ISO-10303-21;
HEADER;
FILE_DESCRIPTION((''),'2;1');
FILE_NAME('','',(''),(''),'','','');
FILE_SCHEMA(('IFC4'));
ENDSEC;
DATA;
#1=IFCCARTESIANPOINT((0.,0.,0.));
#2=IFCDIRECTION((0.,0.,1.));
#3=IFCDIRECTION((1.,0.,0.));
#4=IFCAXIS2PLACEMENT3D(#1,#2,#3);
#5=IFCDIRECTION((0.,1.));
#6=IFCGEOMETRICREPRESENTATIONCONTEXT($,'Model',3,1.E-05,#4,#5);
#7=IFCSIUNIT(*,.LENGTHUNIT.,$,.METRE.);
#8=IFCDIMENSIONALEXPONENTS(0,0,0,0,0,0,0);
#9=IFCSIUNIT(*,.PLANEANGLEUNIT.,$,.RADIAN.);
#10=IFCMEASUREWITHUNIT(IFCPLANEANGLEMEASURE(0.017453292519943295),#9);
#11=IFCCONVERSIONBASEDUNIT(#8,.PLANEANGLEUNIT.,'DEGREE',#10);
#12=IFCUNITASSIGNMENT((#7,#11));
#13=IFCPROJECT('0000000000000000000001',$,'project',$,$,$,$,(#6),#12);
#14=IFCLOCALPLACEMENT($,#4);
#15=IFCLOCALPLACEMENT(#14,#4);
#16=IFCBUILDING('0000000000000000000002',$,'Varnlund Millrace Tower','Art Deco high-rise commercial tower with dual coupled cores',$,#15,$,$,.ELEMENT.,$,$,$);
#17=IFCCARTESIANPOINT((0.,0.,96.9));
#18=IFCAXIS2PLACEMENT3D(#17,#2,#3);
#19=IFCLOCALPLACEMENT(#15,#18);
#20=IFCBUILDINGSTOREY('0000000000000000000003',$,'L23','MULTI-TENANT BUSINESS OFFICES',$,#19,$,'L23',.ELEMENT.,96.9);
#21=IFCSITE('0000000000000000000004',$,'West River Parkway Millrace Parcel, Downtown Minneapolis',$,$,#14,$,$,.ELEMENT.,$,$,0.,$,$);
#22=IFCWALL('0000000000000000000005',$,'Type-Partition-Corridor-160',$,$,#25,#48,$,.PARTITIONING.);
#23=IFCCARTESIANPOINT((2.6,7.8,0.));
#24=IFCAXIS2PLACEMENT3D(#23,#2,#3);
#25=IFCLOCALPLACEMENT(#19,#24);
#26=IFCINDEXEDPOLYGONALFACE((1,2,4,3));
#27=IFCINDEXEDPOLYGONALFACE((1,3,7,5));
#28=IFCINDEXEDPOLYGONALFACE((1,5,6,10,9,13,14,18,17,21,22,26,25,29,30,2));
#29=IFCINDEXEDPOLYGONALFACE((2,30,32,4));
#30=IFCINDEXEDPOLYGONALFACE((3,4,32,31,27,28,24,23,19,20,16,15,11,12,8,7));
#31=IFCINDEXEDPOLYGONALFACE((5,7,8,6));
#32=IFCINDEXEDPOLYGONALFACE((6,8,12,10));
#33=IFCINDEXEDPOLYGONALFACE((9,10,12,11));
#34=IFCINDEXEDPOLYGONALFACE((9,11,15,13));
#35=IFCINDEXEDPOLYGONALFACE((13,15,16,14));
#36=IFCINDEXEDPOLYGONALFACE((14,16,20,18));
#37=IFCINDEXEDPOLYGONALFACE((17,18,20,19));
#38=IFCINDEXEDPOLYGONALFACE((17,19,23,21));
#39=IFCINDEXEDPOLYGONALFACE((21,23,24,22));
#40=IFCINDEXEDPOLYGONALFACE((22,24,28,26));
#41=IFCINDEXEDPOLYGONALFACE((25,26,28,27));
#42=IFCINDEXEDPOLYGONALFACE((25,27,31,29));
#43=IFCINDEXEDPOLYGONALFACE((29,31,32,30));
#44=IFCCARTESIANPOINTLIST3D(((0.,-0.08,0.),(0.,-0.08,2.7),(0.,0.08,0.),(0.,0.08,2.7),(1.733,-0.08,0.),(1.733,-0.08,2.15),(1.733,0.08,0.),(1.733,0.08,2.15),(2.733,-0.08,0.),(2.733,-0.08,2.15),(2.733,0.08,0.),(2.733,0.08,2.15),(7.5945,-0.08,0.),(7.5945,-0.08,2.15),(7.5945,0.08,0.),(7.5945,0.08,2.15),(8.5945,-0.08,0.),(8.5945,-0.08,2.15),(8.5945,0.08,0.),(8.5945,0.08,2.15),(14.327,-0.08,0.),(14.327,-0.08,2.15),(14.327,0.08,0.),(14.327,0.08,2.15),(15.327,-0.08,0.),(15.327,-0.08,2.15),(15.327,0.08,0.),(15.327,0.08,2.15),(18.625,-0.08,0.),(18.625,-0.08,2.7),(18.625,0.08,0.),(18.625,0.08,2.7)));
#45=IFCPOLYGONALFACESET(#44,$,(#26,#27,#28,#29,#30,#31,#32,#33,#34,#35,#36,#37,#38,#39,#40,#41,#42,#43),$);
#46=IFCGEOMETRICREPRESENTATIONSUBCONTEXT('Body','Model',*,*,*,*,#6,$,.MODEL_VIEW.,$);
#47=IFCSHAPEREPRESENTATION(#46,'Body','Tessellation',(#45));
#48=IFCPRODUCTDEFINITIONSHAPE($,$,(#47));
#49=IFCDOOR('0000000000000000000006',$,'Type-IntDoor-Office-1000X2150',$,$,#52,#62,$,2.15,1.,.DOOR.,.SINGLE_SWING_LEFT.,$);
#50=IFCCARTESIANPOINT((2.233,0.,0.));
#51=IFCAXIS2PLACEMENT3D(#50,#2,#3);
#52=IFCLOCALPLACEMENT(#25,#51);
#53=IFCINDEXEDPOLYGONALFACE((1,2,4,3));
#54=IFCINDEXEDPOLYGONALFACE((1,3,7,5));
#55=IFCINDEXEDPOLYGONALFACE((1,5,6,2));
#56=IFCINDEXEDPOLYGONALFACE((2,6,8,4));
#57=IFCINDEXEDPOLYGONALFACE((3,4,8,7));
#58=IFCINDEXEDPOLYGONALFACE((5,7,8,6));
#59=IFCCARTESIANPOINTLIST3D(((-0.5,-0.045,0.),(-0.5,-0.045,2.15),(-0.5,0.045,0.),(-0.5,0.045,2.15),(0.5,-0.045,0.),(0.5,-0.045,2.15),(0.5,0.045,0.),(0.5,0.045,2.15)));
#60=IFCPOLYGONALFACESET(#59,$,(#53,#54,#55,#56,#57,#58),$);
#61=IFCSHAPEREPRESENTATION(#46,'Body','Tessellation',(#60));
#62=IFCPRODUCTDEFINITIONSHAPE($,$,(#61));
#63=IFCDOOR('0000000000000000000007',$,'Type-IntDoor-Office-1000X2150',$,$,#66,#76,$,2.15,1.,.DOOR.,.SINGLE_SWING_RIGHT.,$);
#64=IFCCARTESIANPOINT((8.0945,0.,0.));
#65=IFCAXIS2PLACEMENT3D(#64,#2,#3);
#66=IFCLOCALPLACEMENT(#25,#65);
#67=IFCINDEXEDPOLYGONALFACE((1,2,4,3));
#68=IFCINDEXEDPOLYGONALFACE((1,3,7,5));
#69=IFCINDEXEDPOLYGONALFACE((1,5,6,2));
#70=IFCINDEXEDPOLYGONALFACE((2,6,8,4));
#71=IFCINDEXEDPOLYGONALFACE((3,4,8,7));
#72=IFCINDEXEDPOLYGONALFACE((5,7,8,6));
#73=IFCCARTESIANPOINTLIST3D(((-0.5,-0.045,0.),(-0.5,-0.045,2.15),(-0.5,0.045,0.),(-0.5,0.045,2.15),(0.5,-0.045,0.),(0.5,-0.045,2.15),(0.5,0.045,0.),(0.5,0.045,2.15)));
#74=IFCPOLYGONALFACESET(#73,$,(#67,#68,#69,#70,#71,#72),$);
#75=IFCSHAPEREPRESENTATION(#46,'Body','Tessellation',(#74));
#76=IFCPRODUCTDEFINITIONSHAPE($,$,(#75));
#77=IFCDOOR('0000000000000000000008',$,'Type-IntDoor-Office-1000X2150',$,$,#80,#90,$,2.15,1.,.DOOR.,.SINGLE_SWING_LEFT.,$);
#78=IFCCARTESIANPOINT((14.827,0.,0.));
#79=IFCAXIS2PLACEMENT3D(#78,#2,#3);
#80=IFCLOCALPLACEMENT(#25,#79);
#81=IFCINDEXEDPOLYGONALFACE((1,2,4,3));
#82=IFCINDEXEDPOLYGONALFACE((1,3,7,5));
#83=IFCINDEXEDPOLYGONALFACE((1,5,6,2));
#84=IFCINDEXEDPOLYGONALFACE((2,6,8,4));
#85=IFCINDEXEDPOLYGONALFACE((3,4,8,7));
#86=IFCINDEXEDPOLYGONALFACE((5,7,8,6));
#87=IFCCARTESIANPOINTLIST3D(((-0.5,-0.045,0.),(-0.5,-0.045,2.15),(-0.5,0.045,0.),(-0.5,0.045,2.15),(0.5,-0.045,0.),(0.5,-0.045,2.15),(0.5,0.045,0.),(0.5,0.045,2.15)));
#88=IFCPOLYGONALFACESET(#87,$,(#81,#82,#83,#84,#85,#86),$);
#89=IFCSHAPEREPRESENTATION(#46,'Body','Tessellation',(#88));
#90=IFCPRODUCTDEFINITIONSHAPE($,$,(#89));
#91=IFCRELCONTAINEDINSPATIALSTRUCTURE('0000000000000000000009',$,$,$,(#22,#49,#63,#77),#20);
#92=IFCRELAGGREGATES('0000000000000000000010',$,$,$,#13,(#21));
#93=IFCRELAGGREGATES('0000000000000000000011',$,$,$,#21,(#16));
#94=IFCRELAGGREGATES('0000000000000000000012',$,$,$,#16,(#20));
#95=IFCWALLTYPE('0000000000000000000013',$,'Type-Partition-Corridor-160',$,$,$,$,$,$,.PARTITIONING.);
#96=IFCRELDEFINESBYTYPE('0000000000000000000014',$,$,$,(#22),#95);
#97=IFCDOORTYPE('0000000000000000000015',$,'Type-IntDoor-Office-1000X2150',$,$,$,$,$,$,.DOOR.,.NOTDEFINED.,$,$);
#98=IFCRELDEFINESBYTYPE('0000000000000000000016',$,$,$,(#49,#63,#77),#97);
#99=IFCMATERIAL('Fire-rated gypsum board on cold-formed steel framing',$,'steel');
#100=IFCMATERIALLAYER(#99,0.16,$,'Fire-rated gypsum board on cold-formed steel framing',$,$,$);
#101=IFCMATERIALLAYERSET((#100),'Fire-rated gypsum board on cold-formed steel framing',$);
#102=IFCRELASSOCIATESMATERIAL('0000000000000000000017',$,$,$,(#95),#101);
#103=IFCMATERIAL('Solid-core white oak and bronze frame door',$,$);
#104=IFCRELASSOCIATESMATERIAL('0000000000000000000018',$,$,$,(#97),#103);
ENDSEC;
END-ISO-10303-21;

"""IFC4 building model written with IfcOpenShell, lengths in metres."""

from ifc_helpers import new_model, entity, si_unit, converted_unit, direction, frame, origin_with_axes, origin_2d_with_axis, place, context, subcontext, project, spatial, polyline, rectangle, outline, extrude, material, layer, layer_set, type_object, element, fill, save


model = new_model("IFC4")

# Units and contexts
model_context = context("Model", 3, precision=1e-05, world=origin_with_axes(), true_north=direction((0.0, 1.0)))
body_context = subcontext(model_context, "Body", "Model", "MODEL_VIEW")
ifc_project = project(units=[si_unit("LENGTHUNIT", "METRE"), converted_unit("PLANEANGLEUNIT", "DEGREE", entity("IfcPlaneAngleMeasure", 0.017453292519943295), si_unit("PLANEANGLEUNIT", "RADIAN"), dimensions=[0, 0, 0, 0, 0, 0, 0])], contexts=[model_context])

# Site, building, storey
site_placement = place(None, origin_with_axes())
site = spatial("IfcSite", under=ifc_project, at=site_placement, Name="West River Parkway Millrace Parcel, Downtown Minneapolis", CompositionType="ELEMENT", RefElevation=0.0)
building_placement = place(site_placement, origin_with_axes())
building = spatial("IfcBuilding", under=site, at=building_placement, Name="Varnlund Millrace Tower", Description="Art Deco high-rise commercial tower with dual coupled cores", CompositionType="ELEMENT")
storey_placement = place(building_placement, frame((0.0, 0.0, 96.9), z_axis=(0.0, 0.0, 1.0), x_axis=(1.0, 0.0, 0.0)))
storey = spatial("IfcBuildingStorey", under=building, at=storey_placement, Name="L23", Description="MULTI-TENANT BUSINESS OFFICES", LongName="L23", CompositionType="ELEMENT", Elevation=96.9)

# Wall, openings, doors
ifc_material_1 = material(Name="Fire-rated gypsum board on cold-formed steel framing", Category="steel")
ifc_layer_1 = layer(ifc_material_1, 0.16, Name="Fire-rated gypsum board on cold-formed steel framing")
ifc_layer_set_1 = layer_set([ifc_layer_1], Name="Fire-rated gypsum board on cold-formed steel framing")
wall_type_1 = type_object("IfcWallType", Name="Type-Partition-Corridor-160", PredefinedType="PARTITIONING", material=ifc_layer_set_1)
wall_1_placement = place(storey_placement, frame((2.6, 7.8, 0.0), z_axis=(0.0, 0.0, 1.0), x_axis=(1.0, 0.0, 0.0)))
wall_1 = element("IfcWall", 1, at=wall_1_placement, inside=storey, type_object=wall_type_1, Name="Type-Partition-Corridor-160", PredefinedType="PARTITIONING", context=body_context, shape_type="SweptSolid", body=[
    extrude(outline(polyline([(0.0, -0.08), (18.625, -0.08), (18.625, 0.08), (0.0, 0.08), (0.0, -0.08)])), origin_with_axes(), (0.0, 0.0, 1.0), 2.7),
])
opening_1_placement = place(wall_1_placement, frame((2.233, 0.0, 0.0), z_axis=(0.0, 0.0, 1.0), x_axis=(1.0, 0.0, 0.0)))
opening_1 = element("IfcOpeningElement", 2, at=opening_1_placement, cuts=wall_1, PredefinedType="OPENING", context=body_context, shape_type="SweptSolid", body=[
    extrude(rectangle(XDim=1.0, YDim=0.18, at=origin_2d_with_axis()), origin_with_axes(), (0.0, 0.0, 1.0), 2.15),
])
opening_2_placement = place(wall_1_placement, frame((8.0945, 0.0, 0.0), z_axis=(0.0, 0.0, 1.0), x_axis=(1.0, 0.0, 0.0)))
opening_2 = element("IfcOpeningElement", 3, at=opening_2_placement, cuts=wall_1, PredefinedType="OPENING", context=body_context, shape_type="SweptSolid", body=[
    extrude(rectangle(XDim=1.0, YDim=0.18, at=origin_2d_with_axis()), origin_with_axes(), (0.0, 0.0, 1.0), 2.15),
])
opening_3_placement = place(wall_1_placement, frame((14.827, 0.0, 0.0), z_axis=(0.0, 0.0, 1.0), x_axis=(1.0, 0.0, 0.0)))
opening_3 = element("IfcOpeningElement", 4, at=opening_3_placement, cuts=wall_1, PredefinedType="OPENING", context=body_context, shape_type="SweptSolid", body=[
    extrude(rectangle(XDim=1.0, YDim=0.18, at=origin_2d_with_axis()), origin_with_axes(), (0.0, 0.0, 1.0), 2.15),
])
ifc_material_2 = material(Name="Solid-core white oak and bronze frame door")
door_type_1 = type_object("IfcDoorType", Name="Type-IntDoor-Office-1000X2150", OperationType="NOTDEFINED", PredefinedType="DOOR", material=ifc_material_2)
door_1_placement = place(wall_1_placement, frame((2.233, 0.0, 0.0), z_axis=(0.0, 0.0, 1.0), x_axis=(1.0, 0.0, 0.0)))
door_1 = element("IfcDoor", 5, at=door_1_placement, inside=storey, type_object=door_type_1, Name="Type-IntDoor-Office-1000X2150", OperationType="SINGLE_SWING_LEFT", OverallHeight=2.15, OverallWidth=1.0, PredefinedType="DOOR", context=body_context, shape_type="SweptSolid", body=[
    extrude(rectangle(XDim=1.0, YDim=0.09, at=origin_2d_with_axis()), origin_with_axes(), (0.0, 0.0, 1.0), 2.15),
])
fill(opening_1, door_1)
door_2_placement = place(wall_1_placement, frame((8.0945, 0.0, 0.0), z_axis=(0.0, 0.0, 1.0), x_axis=(1.0, 0.0, 0.0)))
door_2 = element("IfcDoor", 6, at=door_2_placement, inside=storey, type_object=door_type_1, Name="Type-IntDoor-Office-1000X2150", OperationType="SINGLE_SWING_RIGHT", OverallHeight=2.15, OverallWidth=1.0, PredefinedType="DOOR", context=body_context, shape_type="SweptSolid", body=[
    extrude(rectangle(XDim=1.0, YDim=0.09, at=origin_2d_with_axis()), origin_with_axes(), (0.0, 0.0, 1.0), 2.15),
])
fill(opening_2, door_2)
door_3_placement = place(wall_1_placement, frame((14.827, 0.0, 0.0), z_axis=(0.0, 0.0, 1.0), x_axis=(1.0, 0.0, 0.0)))
door_3 = element("IfcDoor", 7, at=door_3_placement, inside=storey, type_object=door_type_1, Name="Type-IntDoor-Office-1000X2150", OperationType="SINGLE_SWING_LEFT", OverallHeight=2.15, OverallWidth=1.0, PredefinedType="DOOR", context=body_context, shape_type="SweptSolid", body=[
    extrude(rectangle(XDim=1.0, YDim=0.09, at=origin_2d_with_axis()), origin_with_axes(), (0.0, 0.0, 1.0), 2.15),
])
fill(opening_3, door_3)

save(model, "model.ifc")
